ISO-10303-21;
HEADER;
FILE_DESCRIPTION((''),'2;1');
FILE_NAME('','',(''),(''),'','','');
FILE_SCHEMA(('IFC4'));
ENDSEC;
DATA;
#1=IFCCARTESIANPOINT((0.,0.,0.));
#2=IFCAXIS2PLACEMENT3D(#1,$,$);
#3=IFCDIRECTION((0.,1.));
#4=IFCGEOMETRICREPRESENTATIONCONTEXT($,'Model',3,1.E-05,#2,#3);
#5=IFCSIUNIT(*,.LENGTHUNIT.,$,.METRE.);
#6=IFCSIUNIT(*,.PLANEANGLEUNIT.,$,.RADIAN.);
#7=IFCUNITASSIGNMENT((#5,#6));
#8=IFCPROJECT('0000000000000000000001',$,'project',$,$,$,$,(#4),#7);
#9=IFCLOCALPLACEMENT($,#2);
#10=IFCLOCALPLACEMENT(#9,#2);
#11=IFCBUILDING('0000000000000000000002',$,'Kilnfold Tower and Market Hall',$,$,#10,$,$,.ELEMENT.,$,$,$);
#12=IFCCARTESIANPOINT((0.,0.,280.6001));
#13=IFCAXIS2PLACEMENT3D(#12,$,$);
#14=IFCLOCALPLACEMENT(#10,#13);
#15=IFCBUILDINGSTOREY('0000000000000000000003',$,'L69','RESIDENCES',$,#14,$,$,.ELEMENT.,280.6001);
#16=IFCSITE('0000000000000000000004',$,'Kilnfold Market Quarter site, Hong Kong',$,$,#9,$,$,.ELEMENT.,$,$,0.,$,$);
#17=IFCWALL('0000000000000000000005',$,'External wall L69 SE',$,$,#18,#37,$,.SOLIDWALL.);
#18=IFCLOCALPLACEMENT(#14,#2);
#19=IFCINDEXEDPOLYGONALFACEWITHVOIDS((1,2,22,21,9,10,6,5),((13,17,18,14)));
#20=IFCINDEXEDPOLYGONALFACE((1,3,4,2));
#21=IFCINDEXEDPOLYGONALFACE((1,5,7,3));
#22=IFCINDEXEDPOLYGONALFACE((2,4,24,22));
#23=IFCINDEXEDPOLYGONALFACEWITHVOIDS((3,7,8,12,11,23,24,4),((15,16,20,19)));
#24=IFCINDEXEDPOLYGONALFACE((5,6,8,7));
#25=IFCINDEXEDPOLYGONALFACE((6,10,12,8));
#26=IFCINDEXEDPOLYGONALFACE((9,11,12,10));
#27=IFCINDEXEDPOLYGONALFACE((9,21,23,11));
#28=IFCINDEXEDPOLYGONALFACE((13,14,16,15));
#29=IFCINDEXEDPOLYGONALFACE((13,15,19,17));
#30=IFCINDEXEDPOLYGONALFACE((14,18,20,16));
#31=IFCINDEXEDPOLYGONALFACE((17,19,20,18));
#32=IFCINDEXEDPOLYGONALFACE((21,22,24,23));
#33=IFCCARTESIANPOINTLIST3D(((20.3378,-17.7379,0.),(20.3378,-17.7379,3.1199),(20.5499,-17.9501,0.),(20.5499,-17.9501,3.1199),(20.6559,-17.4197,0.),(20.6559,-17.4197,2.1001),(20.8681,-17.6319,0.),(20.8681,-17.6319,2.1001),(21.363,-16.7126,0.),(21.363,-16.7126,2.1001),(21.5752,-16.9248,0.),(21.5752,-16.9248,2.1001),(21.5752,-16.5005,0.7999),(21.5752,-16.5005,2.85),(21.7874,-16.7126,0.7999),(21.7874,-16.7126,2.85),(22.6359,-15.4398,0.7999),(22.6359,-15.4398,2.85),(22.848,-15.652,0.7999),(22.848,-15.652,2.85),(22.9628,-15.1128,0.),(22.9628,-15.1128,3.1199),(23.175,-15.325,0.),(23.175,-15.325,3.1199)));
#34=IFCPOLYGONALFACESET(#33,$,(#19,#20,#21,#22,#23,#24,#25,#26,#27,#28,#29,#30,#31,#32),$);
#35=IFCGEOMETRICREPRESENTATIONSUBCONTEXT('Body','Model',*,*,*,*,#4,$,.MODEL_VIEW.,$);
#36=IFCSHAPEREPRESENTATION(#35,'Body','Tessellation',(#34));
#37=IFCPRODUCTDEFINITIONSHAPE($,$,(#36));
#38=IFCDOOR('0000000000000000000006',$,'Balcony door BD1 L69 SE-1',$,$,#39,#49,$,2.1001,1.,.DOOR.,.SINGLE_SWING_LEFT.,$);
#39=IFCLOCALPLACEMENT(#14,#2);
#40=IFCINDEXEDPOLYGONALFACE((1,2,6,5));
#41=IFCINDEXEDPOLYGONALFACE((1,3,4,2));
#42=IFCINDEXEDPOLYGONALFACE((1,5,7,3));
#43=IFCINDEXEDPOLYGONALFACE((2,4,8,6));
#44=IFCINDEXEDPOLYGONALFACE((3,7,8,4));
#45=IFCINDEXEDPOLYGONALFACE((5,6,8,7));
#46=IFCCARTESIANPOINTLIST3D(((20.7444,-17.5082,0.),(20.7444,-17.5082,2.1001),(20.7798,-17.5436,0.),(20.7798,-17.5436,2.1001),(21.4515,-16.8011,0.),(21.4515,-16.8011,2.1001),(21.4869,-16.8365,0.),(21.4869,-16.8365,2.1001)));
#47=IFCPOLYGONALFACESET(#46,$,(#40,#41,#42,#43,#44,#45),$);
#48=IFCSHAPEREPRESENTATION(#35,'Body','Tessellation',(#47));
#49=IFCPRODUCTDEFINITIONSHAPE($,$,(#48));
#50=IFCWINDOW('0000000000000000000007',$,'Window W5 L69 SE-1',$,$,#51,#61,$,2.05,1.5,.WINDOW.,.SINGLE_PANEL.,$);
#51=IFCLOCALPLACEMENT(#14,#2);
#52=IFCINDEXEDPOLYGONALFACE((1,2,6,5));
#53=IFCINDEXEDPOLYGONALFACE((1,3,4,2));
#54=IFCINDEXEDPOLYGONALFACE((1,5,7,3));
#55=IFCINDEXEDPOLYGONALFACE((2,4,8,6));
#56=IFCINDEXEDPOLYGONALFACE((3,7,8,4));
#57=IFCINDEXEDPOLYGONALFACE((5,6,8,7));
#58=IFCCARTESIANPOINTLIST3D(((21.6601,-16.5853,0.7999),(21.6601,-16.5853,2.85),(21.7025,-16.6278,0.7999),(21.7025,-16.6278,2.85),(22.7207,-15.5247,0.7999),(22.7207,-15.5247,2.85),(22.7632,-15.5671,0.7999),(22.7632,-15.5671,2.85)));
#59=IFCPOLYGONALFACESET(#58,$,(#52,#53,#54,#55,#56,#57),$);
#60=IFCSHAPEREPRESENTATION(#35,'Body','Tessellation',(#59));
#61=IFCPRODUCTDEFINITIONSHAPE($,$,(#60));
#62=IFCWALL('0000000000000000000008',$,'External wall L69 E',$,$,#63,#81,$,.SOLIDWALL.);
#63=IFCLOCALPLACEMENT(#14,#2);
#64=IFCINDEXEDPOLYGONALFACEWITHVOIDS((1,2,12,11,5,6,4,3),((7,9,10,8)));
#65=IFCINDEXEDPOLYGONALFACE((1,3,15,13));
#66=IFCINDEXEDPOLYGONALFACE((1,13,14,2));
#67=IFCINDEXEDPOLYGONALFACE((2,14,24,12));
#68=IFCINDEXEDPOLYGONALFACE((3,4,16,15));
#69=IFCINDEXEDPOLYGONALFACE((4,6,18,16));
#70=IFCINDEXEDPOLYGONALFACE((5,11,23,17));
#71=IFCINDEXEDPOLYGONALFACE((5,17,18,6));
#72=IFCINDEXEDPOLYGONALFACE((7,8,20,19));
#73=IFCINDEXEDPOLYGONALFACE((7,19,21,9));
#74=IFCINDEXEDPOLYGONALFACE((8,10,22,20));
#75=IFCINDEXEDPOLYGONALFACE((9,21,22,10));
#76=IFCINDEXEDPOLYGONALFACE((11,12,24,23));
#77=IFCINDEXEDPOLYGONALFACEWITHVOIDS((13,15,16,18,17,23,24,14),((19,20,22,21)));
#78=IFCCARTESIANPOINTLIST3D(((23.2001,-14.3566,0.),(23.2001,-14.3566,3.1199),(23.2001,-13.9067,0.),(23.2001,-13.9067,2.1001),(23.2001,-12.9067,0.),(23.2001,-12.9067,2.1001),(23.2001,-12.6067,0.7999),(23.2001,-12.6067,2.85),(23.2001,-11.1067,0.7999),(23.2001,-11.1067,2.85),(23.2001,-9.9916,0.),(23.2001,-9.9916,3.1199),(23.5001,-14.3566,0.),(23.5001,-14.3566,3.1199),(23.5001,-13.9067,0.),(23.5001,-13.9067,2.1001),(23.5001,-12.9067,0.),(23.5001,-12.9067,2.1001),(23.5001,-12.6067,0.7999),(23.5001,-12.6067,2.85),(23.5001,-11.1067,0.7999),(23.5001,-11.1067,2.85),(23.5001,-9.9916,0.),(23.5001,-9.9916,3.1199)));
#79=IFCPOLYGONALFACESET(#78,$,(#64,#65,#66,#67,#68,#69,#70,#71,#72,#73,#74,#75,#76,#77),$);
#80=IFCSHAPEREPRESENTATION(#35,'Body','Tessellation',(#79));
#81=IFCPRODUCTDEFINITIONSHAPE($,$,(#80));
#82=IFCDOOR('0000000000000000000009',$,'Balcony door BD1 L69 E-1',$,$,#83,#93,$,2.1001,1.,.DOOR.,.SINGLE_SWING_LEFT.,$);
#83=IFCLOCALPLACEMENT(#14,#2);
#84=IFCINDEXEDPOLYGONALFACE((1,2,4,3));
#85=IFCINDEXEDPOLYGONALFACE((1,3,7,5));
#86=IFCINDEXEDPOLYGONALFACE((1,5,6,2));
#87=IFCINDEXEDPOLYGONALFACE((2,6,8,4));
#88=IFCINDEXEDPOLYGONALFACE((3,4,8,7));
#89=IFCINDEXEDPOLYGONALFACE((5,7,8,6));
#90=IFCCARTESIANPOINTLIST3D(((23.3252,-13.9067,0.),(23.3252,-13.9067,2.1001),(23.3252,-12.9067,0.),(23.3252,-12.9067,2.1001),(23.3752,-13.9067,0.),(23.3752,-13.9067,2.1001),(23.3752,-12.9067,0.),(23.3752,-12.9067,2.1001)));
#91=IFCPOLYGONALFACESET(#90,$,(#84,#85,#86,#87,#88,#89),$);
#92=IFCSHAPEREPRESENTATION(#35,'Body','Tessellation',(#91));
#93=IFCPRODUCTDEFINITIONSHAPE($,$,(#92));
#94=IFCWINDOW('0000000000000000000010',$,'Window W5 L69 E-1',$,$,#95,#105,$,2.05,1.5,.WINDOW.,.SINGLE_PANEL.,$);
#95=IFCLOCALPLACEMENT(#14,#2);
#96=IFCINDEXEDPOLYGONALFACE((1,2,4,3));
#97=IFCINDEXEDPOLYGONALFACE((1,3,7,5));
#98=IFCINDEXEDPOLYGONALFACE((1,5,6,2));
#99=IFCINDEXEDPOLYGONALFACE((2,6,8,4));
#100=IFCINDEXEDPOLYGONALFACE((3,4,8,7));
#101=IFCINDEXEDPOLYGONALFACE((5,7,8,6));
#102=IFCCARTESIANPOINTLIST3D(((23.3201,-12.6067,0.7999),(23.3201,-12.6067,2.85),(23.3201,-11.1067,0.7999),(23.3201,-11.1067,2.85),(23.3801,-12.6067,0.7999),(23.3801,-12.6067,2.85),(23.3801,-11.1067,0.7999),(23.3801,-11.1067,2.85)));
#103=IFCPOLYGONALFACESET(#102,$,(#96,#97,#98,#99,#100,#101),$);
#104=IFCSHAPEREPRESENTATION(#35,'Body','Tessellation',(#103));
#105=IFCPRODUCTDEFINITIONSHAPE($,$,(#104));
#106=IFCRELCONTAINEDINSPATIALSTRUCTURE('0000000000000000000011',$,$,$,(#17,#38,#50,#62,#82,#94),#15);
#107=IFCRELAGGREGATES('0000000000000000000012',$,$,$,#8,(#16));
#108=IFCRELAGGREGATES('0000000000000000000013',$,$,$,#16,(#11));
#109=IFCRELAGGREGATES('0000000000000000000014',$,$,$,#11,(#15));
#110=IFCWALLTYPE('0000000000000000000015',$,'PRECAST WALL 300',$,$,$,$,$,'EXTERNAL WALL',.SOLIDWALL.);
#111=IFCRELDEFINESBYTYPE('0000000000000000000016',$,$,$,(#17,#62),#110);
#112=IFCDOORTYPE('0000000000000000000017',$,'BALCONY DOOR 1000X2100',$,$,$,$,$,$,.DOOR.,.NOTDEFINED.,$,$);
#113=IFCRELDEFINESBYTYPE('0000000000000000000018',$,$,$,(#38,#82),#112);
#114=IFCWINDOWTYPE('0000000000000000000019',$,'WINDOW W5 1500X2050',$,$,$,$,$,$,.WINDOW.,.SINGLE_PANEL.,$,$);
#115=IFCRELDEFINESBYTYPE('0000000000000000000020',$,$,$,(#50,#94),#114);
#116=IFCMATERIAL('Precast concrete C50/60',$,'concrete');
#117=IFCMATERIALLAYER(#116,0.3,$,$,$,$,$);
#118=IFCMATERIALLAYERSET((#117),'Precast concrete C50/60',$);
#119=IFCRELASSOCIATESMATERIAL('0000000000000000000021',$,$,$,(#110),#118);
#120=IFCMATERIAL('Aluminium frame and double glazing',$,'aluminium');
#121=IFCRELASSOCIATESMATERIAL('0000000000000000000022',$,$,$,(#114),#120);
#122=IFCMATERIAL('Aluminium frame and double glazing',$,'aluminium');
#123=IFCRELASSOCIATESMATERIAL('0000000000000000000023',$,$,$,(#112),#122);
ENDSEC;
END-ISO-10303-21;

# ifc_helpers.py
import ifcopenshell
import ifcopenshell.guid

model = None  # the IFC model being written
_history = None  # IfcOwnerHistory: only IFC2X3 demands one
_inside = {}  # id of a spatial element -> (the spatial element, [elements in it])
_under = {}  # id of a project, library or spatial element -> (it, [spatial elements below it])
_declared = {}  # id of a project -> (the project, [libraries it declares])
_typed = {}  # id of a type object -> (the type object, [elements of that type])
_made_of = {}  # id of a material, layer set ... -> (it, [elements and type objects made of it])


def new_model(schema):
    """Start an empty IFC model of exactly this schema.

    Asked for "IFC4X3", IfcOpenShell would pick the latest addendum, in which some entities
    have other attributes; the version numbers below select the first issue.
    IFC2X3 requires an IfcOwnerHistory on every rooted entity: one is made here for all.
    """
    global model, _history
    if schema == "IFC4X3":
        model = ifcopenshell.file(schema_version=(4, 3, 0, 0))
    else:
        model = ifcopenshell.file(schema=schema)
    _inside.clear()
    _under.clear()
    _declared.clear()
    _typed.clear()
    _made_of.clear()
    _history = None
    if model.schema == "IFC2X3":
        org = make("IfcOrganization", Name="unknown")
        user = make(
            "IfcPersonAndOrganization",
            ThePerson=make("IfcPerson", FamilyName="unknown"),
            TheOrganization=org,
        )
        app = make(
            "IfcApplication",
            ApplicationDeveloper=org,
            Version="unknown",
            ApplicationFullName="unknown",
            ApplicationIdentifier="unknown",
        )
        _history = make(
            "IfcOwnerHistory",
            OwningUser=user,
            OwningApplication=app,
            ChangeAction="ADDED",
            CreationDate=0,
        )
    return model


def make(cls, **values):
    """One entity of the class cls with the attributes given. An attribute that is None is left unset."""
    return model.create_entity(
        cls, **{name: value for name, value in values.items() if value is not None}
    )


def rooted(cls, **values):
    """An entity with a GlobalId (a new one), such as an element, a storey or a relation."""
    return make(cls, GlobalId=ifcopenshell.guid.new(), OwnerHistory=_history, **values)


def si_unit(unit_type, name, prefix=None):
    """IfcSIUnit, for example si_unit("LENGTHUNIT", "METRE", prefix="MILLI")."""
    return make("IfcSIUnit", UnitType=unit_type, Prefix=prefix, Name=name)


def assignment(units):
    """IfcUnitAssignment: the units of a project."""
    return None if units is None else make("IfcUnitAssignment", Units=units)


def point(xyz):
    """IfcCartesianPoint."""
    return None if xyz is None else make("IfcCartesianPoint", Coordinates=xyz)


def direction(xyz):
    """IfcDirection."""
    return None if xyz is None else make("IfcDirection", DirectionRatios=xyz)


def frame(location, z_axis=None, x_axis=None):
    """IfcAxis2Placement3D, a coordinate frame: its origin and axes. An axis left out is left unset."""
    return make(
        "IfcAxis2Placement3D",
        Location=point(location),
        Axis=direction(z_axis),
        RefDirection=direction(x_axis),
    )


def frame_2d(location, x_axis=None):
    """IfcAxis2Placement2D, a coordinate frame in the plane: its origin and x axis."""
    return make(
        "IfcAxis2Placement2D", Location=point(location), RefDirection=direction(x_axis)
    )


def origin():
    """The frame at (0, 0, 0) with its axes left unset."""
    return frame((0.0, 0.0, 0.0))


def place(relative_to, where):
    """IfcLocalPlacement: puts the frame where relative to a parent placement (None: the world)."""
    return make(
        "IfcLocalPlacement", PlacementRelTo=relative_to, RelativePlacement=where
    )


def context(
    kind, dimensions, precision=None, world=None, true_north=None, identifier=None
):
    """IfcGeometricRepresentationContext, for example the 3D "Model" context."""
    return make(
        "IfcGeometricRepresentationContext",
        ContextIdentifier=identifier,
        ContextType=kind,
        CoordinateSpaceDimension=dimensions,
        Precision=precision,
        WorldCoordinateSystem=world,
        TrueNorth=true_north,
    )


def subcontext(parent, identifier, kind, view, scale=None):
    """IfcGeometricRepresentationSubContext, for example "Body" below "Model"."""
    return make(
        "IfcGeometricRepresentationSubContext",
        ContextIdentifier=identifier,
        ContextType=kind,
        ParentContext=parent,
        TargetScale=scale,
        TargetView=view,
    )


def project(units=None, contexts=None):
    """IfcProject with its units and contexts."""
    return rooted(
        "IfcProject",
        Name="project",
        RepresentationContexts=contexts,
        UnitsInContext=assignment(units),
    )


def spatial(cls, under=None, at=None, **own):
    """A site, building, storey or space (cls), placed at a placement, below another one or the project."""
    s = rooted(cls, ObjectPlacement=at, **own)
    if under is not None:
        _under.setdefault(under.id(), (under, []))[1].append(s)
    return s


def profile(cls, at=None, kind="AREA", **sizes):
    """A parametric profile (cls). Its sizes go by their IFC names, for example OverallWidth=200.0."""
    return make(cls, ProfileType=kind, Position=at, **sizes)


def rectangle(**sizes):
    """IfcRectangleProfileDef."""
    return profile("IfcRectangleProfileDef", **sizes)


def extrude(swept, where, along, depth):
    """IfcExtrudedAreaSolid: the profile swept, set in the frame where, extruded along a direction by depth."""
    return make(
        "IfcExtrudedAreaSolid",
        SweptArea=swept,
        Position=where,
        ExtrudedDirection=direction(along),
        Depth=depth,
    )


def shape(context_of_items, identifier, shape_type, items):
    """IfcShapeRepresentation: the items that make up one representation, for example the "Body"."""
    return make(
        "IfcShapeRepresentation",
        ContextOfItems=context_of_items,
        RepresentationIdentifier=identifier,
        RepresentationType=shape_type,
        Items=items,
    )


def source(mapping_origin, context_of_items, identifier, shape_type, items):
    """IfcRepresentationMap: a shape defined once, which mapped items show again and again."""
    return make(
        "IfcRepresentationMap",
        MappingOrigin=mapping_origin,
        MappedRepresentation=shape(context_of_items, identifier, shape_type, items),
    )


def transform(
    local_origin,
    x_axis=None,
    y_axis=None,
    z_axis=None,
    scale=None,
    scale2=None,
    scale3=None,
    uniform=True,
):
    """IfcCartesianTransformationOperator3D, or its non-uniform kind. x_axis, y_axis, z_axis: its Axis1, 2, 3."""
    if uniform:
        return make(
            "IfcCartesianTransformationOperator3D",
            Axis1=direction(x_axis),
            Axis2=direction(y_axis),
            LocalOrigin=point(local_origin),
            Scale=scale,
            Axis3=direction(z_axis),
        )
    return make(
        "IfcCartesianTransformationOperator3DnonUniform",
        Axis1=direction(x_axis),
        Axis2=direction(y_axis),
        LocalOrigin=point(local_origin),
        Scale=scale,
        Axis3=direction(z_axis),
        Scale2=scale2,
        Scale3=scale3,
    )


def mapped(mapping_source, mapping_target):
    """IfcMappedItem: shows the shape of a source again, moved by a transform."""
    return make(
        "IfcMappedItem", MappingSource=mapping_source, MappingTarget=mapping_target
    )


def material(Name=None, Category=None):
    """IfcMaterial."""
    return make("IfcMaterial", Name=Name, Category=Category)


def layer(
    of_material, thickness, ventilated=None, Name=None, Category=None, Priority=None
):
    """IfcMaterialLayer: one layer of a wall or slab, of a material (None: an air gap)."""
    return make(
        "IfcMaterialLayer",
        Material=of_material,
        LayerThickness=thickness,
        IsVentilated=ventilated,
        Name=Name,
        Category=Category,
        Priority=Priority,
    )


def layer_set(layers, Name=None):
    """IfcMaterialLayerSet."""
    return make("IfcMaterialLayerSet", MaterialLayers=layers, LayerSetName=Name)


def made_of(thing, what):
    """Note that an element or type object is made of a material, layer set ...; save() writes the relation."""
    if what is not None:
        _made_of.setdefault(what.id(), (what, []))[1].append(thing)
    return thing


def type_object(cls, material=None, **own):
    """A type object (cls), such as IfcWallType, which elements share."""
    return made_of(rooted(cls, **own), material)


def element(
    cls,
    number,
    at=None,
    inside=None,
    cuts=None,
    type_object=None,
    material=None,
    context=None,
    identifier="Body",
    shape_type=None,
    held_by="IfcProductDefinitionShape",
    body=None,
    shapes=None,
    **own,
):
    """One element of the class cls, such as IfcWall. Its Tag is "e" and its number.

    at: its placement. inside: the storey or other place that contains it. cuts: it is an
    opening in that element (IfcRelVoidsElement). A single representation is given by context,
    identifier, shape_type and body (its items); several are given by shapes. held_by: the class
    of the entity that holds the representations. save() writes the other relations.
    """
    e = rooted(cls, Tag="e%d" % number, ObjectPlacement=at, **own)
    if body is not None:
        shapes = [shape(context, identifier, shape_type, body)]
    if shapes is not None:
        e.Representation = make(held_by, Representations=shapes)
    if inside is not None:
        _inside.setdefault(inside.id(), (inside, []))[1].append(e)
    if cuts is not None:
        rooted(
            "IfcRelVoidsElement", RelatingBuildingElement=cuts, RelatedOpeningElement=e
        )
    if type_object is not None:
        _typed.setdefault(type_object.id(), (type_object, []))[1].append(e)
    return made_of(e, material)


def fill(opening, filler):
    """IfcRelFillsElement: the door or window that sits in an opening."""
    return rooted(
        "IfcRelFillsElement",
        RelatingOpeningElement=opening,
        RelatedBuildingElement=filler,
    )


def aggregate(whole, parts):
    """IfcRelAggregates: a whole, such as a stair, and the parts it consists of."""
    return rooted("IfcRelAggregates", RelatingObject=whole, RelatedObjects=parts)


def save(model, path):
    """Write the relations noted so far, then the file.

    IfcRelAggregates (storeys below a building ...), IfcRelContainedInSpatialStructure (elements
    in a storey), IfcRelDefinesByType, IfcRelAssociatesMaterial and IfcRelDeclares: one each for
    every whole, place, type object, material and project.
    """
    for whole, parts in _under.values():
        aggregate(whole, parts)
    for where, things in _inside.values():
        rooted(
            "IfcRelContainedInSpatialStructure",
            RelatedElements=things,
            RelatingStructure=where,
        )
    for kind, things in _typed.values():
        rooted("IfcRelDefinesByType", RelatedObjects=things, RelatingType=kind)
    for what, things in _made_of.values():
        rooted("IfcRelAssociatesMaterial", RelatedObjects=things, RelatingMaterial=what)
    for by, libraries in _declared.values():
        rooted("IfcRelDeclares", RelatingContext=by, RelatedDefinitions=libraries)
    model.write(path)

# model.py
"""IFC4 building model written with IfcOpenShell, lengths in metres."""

from ifc_helpers import new_model, si_unit, direction, frame, frame_2d, origin, place, context, subcontext, project, spatial, rectangle, extrude, source, transform, mapped, material, layer, layer_set, type_object, element, fill, save


model = new_model("IFC4")

# Units and contexts
model_context = context("Model", 3, precision=1e-05, world=origin(), true_north=direction((0.0, 1.0)))
body_context = subcontext(model_context, "Body", "Model", "MODEL_VIEW")
ifc_project = project(units=[si_unit("LENGTHUNIT", "METRE"), si_unit("PLANEANGLEUNIT", "RADIAN")], contexts=[model_context])

# Site, building, storey
site_placement = place(None, origin())
site = spatial("IfcSite", under=ifc_project, at=site_placement, Name="Kilnfold Market Quarter site, Hong Kong", CompositionType="ELEMENT", RefElevation=0.0)
building_placement = place(site_placement, origin())
building = spatial("IfcBuilding", under=site, at=building_placement, Name="Kilnfold Tower and Market Hall", CompositionType="ELEMENT")
storey_placement = place(building_placement, frame((0.0, 0.0, 280.6001)))
storey = spatial("IfcBuildingStorey", under=building, at=storey_placement, Name="L69", Description="RESIDENCES", CompositionType="ELEMENT", Elevation=280.6001)

# Shared definitions
ifc_material_1 = material(Name="Precast concrete C50/60", Category="concrete")
ifc_layer_1 = layer(ifc_material_1, 0.3)
ifc_layer_set_1 = layer_set([ifc_layer_1], Name="Precast concrete C50/60")
wall_type_1 = type_object("IfcWallType", Name="PRECAST WALL 300", ElementType="EXTERNAL WALL", PredefinedType="SOLIDWALL", material=ifc_layer_set_1)
ifc_material_2 = material(Name="Aluminium frame and double glazing", Category="aluminium")
window_type = type_object("IfcWindowType", Name="WINDOW W5 1500X2050", PartitioningType="SINGLE_PANEL", PredefinedType="WINDOW", material=ifc_material_2)

# Walls, openings, doors, windows
shared_shape_1 = source(origin(), body_context, "Body", "SweptSolid", [
    extrude(rectangle(XDim=3.7124, YDim=0.3, at=frame_2d((1.8562, 0.0))), origin(), (0.0, 0.0, 1.0), 3.1199),
])
wall_1_placement = place(storey_placement, frame((20.4438, -17.844, 0.0), z_axis=(0.0, 0.0, 1.0), x_axis=(0.707107, 0.707107, 0.0)))
wall_1 = element("IfcWall", 1, at=wall_1_placement, inside=storey, type_object=wall_type_1, Name="External wall L69 SE", PredefinedType="SOLIDWALL", context=body_context, shape_type="MappedRepresentation", body=[
    mapped(shared_shape_1, transform((0.0, 0.0, 0.0))),
])
opening_1_placement = place(wall_1_placement, frame((1.75, 0.0, 0.8)))
opening_1 = element("IfcOpeningElement", 2, at=opening_1_placement, cuts=wall_1, PredefinedType="OPENING", context=body_context, shape_type="SweptSolid", body=[
    extrude(rectangle(XDim=1.5, YDim=2.05, at=frame_2d((0.75, 1.0249))), frame((0.0, 0.1602, 0.0), z_axis=(0.0, -1.0, 0.0), x_axis=(1.0, 0.0, 0.0)), (0.0, 0.0, 1.0), 0.3201),
])
opening_2_placement = place(wall_1_placement, frame((0.45, 0.0, 0.0)))
opening_2 = element("IfcOpeningElement", 3, at=opening_2_placement, cuts=wall_1, PredefinedType="OPENING", context=body_context, shape_type="SweptSolid", body=[
    extrude(rectangle(XDim=1.0, YDim=2.1001, at=frame_2d((0.5, 1.05))), frame((0.0, 0.1602, 0.0), z_axis=(0.0, -1.0, 0.0), x_axis=(1.0, 0.0, 0.0)), (0.0, 0.0, 1.0), 0.3201),
])
ifc_material_3 = material(Name="Aluminium frame and double glazing", Category="aluminium")
door_type = type_object("IfcDoorType", Name="BALCONY DOOR 1000X2100", OperationType="NOTDEFINED", PredefinedType="DOOR", material=ifc_material_3)
door_1_placement = place(opening_2_placement, origin())
door_1 = element("IfcDoor", 4, at=door_1_placement, inside=storey, type_object=door_type, Name="Balcony door BD1 L69 SE-1", OperationType="SINGLE_SWING_LEFT", OverallHeight=2.1001, OverallWidth=1.0, PredefinedType="DOOR", context=body_context, shape_type="SweptSolid", body=[
    extrude(rectangle(XDim=1.0, YDim=2.1001, at=frame_2d((0.5, 1.05))), frame((0.0, 0.0249, 0.0), z_axis=(0.0, -1.0, 0.0), x_axis=(1.0, 0.0, 0.0)), (0.0, 0.0, 1.0), 0.05),
])
fill(opening_2, door_1)
window_1_placement = place(opening_1_placement, origin())
window_1 = element("IfcWindow", 5, at=window_1_placement, inside=storey, type_object=window_type, Name="Window W5 L69 SE-1", OverallHeight=2.05, OverallWidth=1.5, PartitioningType="SINGLE_PANEL", PredefinedType="WINDOW", context=body_context, shape_type="SweptSolid", body=[
    extrude(rectangle(XDim=1.5, YDim=2.05, at=frame_2d((0.75, 1.0249))), frame((0.0, 0.03, 0.0), z_axis=(0.0, -1.0, 0.0), x_axis=(1.0, 0.0, 0.0)), (0.0, 0.0, 1.0), 0.0601),
])
fill(opening_1, window_1)
shared_shape_2 = source(origin(), body_context, "Body", "SweptSolid", [
    extrude(rectangle(XDim=4.365, YDim=0.3, at=frame_2d((2.1826, 0.0))), origin(), (0.0, 0.0, 1.0), 3.1199),
])
wall_2_placement = place(storey_placement, frame((23.3501, -14.3567, 0.0), z_axis=(0.0, 0.0, 1.0), x_axis=(0.0, 1.0, 0.0)))
wall_2 = element("IfcWall", 6, at=wall_2_placement, inside=storey, type_object=wall_type_1, Name="External wall L69 E", PredefinedType="SOLIDWALL", context=body_context, shape_type="MappedRepresentation", body=[
    mapped(shared_shape_2, transform((0.0, 0.0, 0.0))),
])
opening_3_placement = place(wall_2_placement, frame((1.75, 0.0, 0.8)))
opening_3 = element("IfcOpeningElement", 7, at=opening_3_placement, cuts=wall_2, PredefinedType="OPENING", context=body_context, shape_type="SweptSolid", body=[
    extrude(rectangle(XDim=1.5, YDim=2.05, at=frame_2d((0.75, 1.0249))), frame((0.0, 0.1602, 0.0), z_axis=(0.0, -1.0, 0.0), x_axis=(1.0, 0.0, 0.0)), (0.0, 0.0, 1.0), 0.3201),
])
opening_4_placement = place(wall_2_placement, frame((0.45, 0.0, 0.0)))
opening_4 = element("IfcOpeningElement", 8, at=opening_4_placement, cuts=wall_2, PredefinedType="OPENING", context=body_context, shape_type="SweptSolid", body=[
    extrude(rectangle(XDim=1.0, YDim=2.1001, at=frame_2d((0.5, 1.05))), frame((0.0, 0.1602, 0.0), z_axis=(0.0, -1.0, 0.0), x_axis=(1.0, 0.0, 0.0)), (0.0, 0.0, 1.0), 0.3201),
])
door_2_placement = place(opening_4_placement, origin())
door_2 = element("IfcDoor", 9, at=door_2_placement, inside=storey, type_object=door_type, Name="Balcony door BD1 L69 E-1", OperationType="SINGLE_SWING_LEFT", OverallHeight=2.1001, OverallWidth=1.0, PredefinedType="DOOR", context=body_context, shape_type="SweptSolid", body=[
    extrude(rectangle(XDim=1.0, YDim=2.1001, at=frame_2d((0.5, 1.05))), frame((0.0, 0.0249, 0.0), z_axis=(0.0, -1.0, 0.0), x_axis=(1.0, 0.0, 0.0)), (0.0, 0.0, 1.0), 0.05),
])
fill(opening_4, door_2)
window_2_placement = place(opening_3_placement, origin())
window_2 = element("IfcWindow", 10, at=window_2_placement, inside=storey, type_object=window_type, Name="Window W5 L69 E-1", OverallHeight=2.05, OverallWidth=1.5, PartitioningType="SINGLE_PANEL", PredefinedType="WINDOW", context=body_context, shape_type="SweptSolid", body=[
    extrude(rectangle(XDim=1.5, YDim=2.05, at=frame_2d((0.75, 1.0249))), frame((0.0, 0.03, 0.0), z_axis=(0.0, -1.0, 0.0), x_axis=(1.0, 0.0, 0.0)), (0.0, 0.0, 1.0), 0.0601),
])
fill(opening_3, window_2)

save(model, "model.ifc")
